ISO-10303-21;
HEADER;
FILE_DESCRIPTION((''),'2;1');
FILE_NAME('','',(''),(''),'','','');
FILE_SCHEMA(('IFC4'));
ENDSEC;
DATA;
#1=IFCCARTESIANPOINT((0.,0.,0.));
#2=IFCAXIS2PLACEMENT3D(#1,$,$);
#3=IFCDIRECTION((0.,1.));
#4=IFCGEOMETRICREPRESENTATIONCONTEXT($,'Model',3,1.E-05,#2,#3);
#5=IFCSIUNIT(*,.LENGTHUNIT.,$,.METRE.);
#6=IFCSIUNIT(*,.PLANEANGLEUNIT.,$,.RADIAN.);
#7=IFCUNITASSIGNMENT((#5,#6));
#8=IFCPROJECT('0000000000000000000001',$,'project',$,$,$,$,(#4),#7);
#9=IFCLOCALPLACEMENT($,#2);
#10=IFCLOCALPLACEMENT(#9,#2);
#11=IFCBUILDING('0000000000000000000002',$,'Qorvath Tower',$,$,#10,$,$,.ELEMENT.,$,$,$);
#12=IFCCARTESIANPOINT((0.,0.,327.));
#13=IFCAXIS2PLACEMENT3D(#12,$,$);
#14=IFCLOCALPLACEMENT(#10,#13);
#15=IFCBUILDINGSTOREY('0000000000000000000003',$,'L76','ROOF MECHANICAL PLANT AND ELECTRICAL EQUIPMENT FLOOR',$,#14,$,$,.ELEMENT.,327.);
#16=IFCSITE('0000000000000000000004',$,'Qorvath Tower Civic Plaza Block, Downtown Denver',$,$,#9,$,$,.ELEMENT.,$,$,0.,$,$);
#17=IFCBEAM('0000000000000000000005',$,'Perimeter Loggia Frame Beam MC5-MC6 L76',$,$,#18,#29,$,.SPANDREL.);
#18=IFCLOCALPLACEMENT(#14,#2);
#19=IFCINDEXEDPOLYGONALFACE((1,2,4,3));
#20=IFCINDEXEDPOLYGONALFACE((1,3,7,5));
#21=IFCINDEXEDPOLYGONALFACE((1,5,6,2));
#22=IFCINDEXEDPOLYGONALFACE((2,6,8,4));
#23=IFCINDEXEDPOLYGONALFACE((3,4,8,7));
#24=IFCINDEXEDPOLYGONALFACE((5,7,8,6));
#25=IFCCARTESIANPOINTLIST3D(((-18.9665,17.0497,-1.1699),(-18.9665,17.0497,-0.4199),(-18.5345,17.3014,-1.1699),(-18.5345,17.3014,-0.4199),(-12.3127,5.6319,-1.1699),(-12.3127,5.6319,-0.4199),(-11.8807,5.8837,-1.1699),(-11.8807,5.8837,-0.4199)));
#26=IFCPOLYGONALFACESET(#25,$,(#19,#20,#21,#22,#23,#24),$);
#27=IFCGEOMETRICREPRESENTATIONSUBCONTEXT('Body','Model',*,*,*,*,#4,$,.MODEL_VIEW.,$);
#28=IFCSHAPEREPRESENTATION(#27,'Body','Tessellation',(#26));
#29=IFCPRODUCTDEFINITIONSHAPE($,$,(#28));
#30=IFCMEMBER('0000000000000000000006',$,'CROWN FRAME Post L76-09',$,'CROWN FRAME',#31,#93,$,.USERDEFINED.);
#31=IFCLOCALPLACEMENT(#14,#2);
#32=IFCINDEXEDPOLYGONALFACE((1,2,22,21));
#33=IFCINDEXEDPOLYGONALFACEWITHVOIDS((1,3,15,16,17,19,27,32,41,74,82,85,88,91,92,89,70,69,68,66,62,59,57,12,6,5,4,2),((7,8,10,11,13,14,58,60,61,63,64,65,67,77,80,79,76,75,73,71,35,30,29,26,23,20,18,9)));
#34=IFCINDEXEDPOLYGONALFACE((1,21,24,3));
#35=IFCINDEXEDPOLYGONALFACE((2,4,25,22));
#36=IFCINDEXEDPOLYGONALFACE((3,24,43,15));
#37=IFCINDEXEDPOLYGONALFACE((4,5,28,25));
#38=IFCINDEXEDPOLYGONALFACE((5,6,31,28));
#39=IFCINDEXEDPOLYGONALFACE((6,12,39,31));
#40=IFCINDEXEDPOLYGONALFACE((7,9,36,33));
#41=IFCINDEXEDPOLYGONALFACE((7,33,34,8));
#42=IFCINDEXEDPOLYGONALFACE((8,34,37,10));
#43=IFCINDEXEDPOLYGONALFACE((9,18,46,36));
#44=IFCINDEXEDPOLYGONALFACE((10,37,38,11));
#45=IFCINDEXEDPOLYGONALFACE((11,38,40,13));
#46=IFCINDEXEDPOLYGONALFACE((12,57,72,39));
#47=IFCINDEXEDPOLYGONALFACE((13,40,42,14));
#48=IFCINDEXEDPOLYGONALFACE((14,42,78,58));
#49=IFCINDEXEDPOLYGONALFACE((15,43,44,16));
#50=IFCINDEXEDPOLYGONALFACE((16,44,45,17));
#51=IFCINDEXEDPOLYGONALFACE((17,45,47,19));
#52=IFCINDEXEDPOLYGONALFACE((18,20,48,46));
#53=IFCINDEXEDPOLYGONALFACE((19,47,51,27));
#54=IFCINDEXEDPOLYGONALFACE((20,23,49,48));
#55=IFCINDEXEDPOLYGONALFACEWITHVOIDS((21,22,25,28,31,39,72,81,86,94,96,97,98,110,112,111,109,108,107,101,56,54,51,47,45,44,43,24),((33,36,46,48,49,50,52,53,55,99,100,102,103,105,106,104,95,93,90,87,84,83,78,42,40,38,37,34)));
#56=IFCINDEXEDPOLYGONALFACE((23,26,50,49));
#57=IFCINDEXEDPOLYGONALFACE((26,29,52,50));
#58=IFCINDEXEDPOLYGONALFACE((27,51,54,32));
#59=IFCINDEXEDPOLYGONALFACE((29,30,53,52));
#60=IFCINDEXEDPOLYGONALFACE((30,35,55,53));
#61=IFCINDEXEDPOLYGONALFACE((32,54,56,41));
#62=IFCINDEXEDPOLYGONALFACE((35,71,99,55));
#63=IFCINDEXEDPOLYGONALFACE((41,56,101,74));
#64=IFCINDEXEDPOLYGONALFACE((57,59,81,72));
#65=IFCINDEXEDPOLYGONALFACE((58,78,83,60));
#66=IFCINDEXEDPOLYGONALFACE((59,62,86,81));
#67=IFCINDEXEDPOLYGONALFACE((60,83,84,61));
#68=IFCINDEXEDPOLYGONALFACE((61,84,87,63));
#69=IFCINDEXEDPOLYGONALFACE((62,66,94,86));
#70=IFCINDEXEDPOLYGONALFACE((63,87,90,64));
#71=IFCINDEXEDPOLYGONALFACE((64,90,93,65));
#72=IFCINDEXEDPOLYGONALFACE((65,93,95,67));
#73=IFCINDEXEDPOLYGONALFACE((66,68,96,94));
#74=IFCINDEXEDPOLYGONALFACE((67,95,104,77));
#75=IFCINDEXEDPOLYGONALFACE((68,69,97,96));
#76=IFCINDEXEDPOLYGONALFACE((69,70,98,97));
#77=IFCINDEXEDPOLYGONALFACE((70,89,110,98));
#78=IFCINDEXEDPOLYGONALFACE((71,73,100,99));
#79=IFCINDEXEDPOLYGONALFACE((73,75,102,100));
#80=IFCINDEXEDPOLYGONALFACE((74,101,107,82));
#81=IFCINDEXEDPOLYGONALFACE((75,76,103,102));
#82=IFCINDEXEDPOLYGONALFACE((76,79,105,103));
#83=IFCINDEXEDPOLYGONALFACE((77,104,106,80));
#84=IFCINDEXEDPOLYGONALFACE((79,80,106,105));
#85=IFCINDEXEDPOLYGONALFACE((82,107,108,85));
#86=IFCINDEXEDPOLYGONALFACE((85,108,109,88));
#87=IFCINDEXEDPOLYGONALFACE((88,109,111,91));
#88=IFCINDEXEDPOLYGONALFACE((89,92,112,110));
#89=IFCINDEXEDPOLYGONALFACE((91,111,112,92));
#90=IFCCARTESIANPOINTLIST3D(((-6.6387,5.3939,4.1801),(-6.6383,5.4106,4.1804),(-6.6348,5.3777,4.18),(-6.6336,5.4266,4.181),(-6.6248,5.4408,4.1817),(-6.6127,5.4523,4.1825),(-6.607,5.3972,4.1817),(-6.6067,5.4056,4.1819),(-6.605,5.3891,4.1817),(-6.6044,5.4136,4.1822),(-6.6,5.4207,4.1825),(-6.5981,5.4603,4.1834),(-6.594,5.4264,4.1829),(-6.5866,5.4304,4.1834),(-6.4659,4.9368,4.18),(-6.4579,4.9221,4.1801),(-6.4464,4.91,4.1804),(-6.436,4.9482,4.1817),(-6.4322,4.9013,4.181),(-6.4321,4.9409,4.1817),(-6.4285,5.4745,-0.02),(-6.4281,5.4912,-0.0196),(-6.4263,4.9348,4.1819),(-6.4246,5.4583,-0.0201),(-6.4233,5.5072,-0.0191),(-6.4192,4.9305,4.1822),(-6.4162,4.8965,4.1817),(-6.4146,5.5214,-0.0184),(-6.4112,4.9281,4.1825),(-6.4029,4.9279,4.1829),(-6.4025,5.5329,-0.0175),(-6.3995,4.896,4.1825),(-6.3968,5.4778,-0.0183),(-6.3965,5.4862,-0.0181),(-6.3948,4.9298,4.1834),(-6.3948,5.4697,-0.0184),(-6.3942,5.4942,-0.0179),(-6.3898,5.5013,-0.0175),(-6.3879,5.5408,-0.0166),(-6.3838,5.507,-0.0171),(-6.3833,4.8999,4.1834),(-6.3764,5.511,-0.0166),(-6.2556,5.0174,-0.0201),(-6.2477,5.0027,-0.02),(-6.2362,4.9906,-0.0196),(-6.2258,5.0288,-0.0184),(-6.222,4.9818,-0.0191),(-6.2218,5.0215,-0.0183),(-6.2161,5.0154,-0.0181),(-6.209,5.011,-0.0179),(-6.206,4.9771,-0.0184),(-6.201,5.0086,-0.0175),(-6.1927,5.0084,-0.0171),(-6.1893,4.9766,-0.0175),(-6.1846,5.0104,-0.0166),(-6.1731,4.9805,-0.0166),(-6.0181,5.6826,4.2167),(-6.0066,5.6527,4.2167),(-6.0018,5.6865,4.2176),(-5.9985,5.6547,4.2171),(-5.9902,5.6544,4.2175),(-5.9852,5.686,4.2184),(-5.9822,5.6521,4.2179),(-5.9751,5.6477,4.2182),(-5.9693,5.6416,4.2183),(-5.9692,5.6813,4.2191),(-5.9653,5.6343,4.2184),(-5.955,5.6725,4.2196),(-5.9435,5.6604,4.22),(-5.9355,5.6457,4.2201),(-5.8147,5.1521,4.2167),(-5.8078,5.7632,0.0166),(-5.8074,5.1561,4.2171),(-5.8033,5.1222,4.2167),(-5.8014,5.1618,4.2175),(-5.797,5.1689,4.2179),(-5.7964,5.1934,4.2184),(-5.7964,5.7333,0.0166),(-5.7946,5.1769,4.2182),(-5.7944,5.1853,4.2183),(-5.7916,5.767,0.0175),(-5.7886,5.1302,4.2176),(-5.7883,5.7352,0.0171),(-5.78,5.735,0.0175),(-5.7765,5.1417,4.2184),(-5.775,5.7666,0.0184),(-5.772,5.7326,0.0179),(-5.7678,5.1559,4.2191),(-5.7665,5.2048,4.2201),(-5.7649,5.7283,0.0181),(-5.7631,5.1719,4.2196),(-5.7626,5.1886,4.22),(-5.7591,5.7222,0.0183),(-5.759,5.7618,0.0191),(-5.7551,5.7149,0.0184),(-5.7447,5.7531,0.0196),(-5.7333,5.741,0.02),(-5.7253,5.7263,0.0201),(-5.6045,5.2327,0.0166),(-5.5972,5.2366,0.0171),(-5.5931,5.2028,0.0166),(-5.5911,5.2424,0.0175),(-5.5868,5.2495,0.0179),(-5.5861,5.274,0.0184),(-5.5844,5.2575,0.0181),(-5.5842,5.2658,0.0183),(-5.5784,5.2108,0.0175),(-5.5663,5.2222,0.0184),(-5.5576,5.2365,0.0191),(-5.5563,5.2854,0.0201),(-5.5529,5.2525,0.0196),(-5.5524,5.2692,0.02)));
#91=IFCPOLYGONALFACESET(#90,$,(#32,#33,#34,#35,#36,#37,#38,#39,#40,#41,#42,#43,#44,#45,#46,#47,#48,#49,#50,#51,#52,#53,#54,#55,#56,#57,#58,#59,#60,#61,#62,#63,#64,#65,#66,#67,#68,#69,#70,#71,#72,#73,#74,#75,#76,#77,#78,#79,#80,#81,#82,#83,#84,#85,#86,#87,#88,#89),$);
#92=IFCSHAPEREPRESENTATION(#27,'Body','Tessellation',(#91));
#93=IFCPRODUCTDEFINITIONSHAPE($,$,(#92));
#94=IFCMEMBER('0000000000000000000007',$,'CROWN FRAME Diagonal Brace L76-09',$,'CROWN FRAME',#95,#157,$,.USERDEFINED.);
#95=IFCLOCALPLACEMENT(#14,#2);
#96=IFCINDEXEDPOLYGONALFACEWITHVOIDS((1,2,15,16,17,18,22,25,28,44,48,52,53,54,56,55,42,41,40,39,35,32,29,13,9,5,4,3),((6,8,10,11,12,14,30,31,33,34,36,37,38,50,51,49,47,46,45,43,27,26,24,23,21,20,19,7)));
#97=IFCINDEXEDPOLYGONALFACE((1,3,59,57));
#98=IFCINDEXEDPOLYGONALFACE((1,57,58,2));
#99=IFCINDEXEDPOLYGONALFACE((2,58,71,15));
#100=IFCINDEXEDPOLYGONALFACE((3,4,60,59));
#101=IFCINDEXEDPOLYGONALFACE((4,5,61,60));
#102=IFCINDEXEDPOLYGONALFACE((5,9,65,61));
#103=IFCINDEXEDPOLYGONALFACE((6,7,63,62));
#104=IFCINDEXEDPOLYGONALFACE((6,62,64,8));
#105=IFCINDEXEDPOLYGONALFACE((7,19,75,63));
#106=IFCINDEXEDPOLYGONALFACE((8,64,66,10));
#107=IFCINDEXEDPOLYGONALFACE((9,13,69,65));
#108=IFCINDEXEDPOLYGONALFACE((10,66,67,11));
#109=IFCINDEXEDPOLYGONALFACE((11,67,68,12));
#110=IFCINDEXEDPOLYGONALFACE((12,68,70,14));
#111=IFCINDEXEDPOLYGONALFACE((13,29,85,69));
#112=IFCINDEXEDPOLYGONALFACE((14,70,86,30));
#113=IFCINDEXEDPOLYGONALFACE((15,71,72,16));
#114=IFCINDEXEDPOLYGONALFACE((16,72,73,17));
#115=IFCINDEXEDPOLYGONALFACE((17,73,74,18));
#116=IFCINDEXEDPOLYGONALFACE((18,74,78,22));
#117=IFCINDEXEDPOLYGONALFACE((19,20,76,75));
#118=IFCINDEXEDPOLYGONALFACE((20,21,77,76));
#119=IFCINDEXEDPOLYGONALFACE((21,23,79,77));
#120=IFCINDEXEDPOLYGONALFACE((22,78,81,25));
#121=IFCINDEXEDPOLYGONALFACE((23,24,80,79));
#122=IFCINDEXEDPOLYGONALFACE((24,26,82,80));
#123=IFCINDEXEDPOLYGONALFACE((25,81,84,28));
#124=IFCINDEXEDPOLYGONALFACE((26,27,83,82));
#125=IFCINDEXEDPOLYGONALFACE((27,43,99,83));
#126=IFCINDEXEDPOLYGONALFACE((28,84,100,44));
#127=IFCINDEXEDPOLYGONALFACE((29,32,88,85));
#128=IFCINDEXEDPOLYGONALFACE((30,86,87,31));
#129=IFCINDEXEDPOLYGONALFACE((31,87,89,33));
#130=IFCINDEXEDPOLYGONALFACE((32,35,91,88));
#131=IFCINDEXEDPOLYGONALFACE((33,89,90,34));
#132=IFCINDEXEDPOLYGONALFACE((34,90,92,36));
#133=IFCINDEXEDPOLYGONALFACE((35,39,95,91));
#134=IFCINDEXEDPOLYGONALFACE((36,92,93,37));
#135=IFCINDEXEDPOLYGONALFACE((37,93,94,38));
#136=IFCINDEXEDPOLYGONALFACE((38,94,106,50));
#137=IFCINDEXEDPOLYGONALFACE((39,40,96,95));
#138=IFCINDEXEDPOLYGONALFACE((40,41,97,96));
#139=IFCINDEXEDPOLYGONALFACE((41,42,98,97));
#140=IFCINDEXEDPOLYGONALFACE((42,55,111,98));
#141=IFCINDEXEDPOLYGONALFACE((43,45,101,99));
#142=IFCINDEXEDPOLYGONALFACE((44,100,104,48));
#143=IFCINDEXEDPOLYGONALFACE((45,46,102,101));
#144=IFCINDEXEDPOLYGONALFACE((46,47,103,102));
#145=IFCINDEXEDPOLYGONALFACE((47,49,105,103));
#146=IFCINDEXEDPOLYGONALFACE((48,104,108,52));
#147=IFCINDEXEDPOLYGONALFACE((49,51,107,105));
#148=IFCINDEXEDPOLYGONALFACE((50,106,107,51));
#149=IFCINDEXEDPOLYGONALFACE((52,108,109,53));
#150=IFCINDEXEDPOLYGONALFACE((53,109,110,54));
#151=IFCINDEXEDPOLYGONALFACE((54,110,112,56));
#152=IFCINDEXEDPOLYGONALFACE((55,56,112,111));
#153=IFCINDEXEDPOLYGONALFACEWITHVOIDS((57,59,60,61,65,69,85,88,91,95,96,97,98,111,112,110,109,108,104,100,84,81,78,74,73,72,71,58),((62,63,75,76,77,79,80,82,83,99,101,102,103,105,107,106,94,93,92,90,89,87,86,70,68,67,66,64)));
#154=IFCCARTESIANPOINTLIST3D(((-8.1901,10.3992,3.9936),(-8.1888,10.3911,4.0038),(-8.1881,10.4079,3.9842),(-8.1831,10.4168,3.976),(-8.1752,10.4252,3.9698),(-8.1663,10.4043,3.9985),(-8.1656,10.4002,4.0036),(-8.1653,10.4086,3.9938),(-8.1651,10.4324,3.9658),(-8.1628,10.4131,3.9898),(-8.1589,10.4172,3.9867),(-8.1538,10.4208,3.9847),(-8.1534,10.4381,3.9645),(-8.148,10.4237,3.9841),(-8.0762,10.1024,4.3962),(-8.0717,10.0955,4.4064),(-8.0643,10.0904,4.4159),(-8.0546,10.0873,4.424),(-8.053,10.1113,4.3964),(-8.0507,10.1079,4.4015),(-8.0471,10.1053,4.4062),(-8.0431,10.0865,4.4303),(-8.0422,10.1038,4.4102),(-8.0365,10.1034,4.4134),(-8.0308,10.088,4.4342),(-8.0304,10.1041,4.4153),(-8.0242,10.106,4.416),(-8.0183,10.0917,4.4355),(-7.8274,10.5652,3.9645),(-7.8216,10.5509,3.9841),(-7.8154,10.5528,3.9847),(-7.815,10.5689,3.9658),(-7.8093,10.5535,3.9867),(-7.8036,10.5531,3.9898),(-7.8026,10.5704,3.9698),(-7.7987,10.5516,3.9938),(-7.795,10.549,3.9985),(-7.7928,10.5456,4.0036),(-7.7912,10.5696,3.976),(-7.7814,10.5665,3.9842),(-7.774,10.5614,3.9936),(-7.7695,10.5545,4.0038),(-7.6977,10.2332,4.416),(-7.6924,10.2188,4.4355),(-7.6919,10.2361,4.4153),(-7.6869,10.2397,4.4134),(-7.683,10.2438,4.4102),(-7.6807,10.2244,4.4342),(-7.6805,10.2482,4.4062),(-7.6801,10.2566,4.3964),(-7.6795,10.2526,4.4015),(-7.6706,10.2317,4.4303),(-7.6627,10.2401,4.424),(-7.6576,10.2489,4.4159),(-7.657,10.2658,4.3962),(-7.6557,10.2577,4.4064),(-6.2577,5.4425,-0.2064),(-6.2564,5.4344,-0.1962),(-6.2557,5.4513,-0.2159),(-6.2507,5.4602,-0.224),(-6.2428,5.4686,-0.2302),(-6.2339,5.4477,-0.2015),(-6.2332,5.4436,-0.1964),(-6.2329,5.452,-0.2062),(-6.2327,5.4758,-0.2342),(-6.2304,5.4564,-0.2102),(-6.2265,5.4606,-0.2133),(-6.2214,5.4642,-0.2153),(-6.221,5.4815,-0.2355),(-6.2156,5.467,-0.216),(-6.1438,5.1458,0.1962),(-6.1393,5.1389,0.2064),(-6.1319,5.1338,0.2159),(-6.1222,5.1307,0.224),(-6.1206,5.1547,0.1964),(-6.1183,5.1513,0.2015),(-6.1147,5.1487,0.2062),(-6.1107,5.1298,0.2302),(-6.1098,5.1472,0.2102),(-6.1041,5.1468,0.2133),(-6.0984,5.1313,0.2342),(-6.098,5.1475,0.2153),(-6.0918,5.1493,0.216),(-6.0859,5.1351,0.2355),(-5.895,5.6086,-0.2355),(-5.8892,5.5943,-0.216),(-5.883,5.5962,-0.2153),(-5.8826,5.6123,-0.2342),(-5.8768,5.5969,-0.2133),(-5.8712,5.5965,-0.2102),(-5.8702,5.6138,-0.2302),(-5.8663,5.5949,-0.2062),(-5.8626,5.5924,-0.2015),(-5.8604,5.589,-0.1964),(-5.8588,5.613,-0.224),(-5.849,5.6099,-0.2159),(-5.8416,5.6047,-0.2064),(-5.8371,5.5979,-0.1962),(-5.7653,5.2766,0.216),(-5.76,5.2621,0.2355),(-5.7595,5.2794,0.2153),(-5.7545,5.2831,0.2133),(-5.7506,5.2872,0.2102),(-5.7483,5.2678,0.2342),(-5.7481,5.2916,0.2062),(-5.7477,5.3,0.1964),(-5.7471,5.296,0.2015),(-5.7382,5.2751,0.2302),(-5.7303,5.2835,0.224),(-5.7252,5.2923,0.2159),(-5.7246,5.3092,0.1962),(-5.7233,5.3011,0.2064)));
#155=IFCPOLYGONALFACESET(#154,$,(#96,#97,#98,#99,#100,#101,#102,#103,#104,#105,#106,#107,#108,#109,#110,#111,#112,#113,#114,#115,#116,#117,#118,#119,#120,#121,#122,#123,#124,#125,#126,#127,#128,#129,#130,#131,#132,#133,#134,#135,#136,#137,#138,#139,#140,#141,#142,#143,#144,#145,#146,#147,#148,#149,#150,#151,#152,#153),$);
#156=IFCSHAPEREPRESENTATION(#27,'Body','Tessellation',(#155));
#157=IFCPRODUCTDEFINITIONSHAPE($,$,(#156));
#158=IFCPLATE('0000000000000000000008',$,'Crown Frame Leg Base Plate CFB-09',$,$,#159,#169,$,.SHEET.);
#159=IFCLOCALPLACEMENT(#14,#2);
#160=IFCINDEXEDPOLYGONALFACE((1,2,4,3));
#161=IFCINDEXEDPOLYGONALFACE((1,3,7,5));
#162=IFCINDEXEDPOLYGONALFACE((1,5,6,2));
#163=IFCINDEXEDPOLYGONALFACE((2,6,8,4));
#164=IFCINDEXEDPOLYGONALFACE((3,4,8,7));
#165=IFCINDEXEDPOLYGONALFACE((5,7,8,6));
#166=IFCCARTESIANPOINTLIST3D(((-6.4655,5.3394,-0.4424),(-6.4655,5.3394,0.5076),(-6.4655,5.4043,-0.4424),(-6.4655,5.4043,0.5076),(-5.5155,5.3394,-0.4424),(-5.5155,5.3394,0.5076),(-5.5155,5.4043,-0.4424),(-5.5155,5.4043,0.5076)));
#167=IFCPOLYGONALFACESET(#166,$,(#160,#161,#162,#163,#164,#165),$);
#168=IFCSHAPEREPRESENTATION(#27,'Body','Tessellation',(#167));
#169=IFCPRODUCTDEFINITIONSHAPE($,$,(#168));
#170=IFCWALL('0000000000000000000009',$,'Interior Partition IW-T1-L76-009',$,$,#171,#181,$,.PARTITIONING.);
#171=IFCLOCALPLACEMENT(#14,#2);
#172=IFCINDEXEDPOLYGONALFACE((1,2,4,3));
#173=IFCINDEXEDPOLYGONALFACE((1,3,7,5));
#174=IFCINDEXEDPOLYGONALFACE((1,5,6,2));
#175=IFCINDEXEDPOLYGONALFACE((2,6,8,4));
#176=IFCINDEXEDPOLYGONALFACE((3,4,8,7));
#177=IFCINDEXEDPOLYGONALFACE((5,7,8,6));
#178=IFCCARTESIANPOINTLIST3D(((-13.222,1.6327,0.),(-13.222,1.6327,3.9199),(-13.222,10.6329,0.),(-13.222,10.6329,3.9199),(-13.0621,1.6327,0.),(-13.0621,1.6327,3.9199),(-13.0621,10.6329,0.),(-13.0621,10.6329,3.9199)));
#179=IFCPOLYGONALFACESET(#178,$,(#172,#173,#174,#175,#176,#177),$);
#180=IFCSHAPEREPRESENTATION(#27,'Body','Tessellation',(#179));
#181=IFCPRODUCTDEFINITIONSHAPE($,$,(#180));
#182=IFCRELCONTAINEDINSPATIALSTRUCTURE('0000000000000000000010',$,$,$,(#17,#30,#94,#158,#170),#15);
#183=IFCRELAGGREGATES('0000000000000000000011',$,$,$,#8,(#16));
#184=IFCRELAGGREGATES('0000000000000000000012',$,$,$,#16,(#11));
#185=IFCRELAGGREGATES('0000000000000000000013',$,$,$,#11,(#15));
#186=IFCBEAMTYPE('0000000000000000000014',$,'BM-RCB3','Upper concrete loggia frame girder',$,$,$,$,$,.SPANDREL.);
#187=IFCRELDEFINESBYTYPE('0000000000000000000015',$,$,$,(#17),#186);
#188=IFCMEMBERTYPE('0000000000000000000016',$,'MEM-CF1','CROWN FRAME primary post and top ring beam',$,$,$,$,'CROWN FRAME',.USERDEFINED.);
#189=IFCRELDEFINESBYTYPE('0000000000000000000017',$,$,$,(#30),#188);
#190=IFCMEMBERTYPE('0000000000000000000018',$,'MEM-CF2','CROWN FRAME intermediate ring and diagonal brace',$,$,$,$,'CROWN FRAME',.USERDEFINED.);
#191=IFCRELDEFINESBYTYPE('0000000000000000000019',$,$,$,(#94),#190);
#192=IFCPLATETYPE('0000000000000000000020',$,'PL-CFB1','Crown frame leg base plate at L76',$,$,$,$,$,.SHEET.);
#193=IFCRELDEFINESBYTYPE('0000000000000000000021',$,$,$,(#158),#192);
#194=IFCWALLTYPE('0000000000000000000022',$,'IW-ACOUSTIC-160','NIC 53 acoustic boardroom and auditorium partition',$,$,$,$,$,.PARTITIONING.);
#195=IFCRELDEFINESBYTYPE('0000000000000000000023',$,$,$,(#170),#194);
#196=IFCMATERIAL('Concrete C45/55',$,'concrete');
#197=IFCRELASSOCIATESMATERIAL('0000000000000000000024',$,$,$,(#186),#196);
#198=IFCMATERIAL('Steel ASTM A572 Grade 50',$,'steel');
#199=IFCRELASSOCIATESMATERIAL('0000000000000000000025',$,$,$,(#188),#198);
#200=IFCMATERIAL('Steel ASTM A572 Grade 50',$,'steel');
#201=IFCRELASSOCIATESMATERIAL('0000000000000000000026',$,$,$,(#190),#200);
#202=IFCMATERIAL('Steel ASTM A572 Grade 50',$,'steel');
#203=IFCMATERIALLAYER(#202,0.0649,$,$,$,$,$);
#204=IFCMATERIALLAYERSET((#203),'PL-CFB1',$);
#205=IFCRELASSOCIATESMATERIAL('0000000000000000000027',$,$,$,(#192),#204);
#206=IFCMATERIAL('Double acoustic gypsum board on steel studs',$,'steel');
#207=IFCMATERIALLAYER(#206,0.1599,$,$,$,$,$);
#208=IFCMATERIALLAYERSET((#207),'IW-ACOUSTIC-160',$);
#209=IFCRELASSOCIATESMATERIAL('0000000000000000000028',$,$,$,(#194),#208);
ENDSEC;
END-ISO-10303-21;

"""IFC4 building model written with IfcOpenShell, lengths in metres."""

from ifc_helpers import new_model, si_unit, direction, frame, frame_2d, origin, origin_2d, place, context, subcontext, project, spatial, rectangle, hollow_rectangle, extrude, material, layer, layer_set, material_profile, profile_set, type_object, element, save


model = new_model("IFC4")

# Units and contexts
model_context = context("Model", 3, precision=1e-05, world=origin(), true_north=direction((0.0, 1.0)))
body_context = subcontext(model_context, "Body", "Model", "MODEL_VIEW")
ifc_project = project(units=[si_unit("LENGTHUNIT", "METRE"), si_unit("PLANEANGLEUNIT", "RADIAN")], contexts=[model_context])

# Site, building, storey
site_placement = place(None, origin())
site = spatial("IfcSite", under=ifc_project, at=site_placement, Name="Qorvath Tower Civic Plaza Block, Downtown Denver", CompositionType="ELEMENT", RefElevation=0.0)
building_placement = place(site_placement, origin())
building = spatial("IfcBuilding", under=site, at=building_placement, Name="Qorvath Tower", CompositionType="ELEMENT")
storey_placement = place(building_placement, frame((0.0, 0.0, 327.0)))
storey = spatial("IfcBuildingStorey", under=building, at=storey_placement, Name="L76", Description="ROOF MECHANICAL PLANT AND ELECTRICAL EQUIPMENT FLOOR", CompositionType="ELEMENT", Elevation=327.0)

# Beam
ifc_material_1 = material(Name="Concrete C45/55", Category="concrete")
ifc_material_profile_1 = material_profile(ifc_material_1, rectangle(XDim=0.5, YDim=0.75, at=origin_2d()), Name="RCB 750x500")
ifc_profile_set_1 = profile_set([ifc_material_profile_1], Name="Concrete C45/55")
beam_type = type_object("IfcBeamType", Name="BM-RCB3", Description="Upper concrete loggia frame girder", PredefinedType="SPANDREL", material=ifc_profile_set_1)
beam_placement = place(storey_placement, frame((-12.0967, 5.7578, -0.7949), z_axis=(-0.503502, 0.863994, 0.0), x_axis=(-0.863994, -0.503502, 0.0)))
element("IfcBeam", 1, at=beam_placement, inside=storey, type_object=beam_type, Name="Perimeter Loggia Frame Beam MC5-MC6 L76", PredefinedType="SPANDREL", context=body_context, shape_type="SweptSolid", body=[
    extrude(rectangle(XDim=0.5, YDim=0.75, at=origin_2d()), origin(), (0.0, 0.0, 1.0), 13.2151),
])

# Members
ifc_material_2 = material(Name="Steel ASTM A572 Grade 50", Category="steel")
ifc_material_profile_2 = material_profile(ifc_material_2, hollow_rectangle(XDim=0.6001, YDim=0.75, WallThickness=0.032, InnerFilletRadius=0.032, OuterFilletRadius=0.064, at=origin_2d()), Name="CROWN BOX 750x600x32")
ifc_profile_set_2 = profile_set([ifc_material_profile_2], Name="Steel ASTM A572 Grade 50")
member_type_1 = type_object("IfcMemberType", Name="MEM-CF1", Description="CROWN FRAME primary post and top ring beam", ElementType="CROWN FRAME", PredefinedType="USERDEFINED", material=ifc_profile_set_2)
member_1_placement = place(storey_placement, frame((-5.9905, 5.3718, 0.0), z_axis=(-0.049978, -0.019155, 0.998567), x_axis=(0.357889, -0.933764, 0.0)))
element("IfcMember", 2, at=member_1_placement, inside=storey, type_object=member_type_1, Name="CROWN FRAME Post L76-09", ObjectType="CROWN FRAME", PredefinedType="USERDEFINED", context=body_context, shape_type="SweptSolid", body=[
    extrude(hollow_rectangle(XDim=0.6001, YDim=0.75, WallThickness=0.032, InnerFilletRadius=0.032, OuterFilletRadius=0.064, at=origin_2d()), origin(), (0.0, 0.0, 1.0), 4.2061),
])
ifc_material_3 = material(Name="Steel ASTM A572 Grade 50", Category="steel")
ifc_material_profile_3 = material_profile(ifc_material_3, hollow_rectangle(XDim=0.45, YDim=0.6001, WallThickness=0.0249, InnerFilletRadius=0.0249, OuterFilletRadius=0.05, at=origin_2d()), Name="CROWN BOX 600x450x25")
ifc_profile_set_3 = profile_set([ifc_material_profile_3], Name="Steel ASTM A572 Grade 50")
member_type_2 = type_object("IfcMemberType", Name="MEM-CF2", Description="CROWN FRAME intermediate ring and diagonal brace", ElementType="CROWN FRAME", PredefinedType="USERDEFINED", material=ifc_profile_set_3)
member_2_placement = place(storey_placement, frame((-5.9905, 5.3718, 0.0), z_axis=(-0.285096, 0.731272, 0.619647), x_axis=(-0.931698, -0.363235, 0.0)))
element("IfcMember", 3, at=member_2_placement, inside=storey, type_object=member_type_2, Name="CROWN FRAME Diagonal Brace L76-09", ObjectType="CROWN FRAME", PredefinedType="USERDEFINED", context=body_context, shape_type="SweptSolid", body=[
    extrude(hollow_rectangle(XDim=0.45, YDim=0.6001, WallThickness=0.0249, InnerFilletRadius=0.0249, OuterFilletRadius=0.05, at=origin_2d()), origin(), (0.0, 0.0, 1.0), 6.7781),
])

# Plate
ifc_material_4 = material(Name="Steel ASTM A572 Grade 50", Category="steel")
ifc_layer_1 = layer(ifc_material_4, 0.0649)
ifc_layer_set_1 = layer_set([ifc_layer_1], Name="PL-CFB1")
plate_type = type_object("IfcPlateType", Name="PL-CFB1", Description="Crown frame leg base plate at L76", PredefinedType="SHEET", material=ifc_layer_set_1)
plate_placement = place(storey_placement, frame((-5.9905, 5.3718, -0.4424), z_axis=(0.0, 0.0, 1.0), x_axis=(1.0, 0.0, 0.0)))
element("IfcPlate", 4, at=plate_placement, inside=storey, type_object=plate_type, Name="Crown Frame Leg Base Plate CFB-09", PredefinedType="SHEET", context=body_context, shape_type="SweptSolid", body=[
    extrude(rectangle(XDim=0.95, YDim=0.0649, at=origin_2d()), origin(), (0.0, 0.0, 1.0), 0.95),
])

# Wall
ifc_material_5 = material(Name="Double acoustic gypsum board on steel studs", Category="steel")
ifc_layer_2 = layer(ifc_material_5, 0.1599)
ifc_layer_set_2 = layer_set([ifc_layer_2], Name="IW-ACOUSTIC-160")
wall_type_1 = type_object("IfcWallType", Name="IW-ACOUSTIC-160", Description="NIC 53 acoustic boardroom and auditorium partition", PredefinedType="PARTITIONING", material=ifc_layer_set_2)
wall_1_placement = place(storey_placement, frame((-13.1421, 1.6328, 0.0), z_axis=(0.0, 0.0, 1.0), x_axis=(0.0, 1.0, 0.0)))
element("IfcWall", 5, at=wall_1_placement, inside=storey, type_object=wall_type_1, Name="Interior Partition IW-T1-L76-009", PredefinedType="PARTITIONING", context=body_context, shape_type="SweptSolid", body=[
    extrude(rectangle(XDim=9.0002, YDim=0.1599, at=frame_2d((4.5, 0.0))), origin(), (0.0, 0.0, 1.0), 3.9199),
])

save(model, "model.ifc")
